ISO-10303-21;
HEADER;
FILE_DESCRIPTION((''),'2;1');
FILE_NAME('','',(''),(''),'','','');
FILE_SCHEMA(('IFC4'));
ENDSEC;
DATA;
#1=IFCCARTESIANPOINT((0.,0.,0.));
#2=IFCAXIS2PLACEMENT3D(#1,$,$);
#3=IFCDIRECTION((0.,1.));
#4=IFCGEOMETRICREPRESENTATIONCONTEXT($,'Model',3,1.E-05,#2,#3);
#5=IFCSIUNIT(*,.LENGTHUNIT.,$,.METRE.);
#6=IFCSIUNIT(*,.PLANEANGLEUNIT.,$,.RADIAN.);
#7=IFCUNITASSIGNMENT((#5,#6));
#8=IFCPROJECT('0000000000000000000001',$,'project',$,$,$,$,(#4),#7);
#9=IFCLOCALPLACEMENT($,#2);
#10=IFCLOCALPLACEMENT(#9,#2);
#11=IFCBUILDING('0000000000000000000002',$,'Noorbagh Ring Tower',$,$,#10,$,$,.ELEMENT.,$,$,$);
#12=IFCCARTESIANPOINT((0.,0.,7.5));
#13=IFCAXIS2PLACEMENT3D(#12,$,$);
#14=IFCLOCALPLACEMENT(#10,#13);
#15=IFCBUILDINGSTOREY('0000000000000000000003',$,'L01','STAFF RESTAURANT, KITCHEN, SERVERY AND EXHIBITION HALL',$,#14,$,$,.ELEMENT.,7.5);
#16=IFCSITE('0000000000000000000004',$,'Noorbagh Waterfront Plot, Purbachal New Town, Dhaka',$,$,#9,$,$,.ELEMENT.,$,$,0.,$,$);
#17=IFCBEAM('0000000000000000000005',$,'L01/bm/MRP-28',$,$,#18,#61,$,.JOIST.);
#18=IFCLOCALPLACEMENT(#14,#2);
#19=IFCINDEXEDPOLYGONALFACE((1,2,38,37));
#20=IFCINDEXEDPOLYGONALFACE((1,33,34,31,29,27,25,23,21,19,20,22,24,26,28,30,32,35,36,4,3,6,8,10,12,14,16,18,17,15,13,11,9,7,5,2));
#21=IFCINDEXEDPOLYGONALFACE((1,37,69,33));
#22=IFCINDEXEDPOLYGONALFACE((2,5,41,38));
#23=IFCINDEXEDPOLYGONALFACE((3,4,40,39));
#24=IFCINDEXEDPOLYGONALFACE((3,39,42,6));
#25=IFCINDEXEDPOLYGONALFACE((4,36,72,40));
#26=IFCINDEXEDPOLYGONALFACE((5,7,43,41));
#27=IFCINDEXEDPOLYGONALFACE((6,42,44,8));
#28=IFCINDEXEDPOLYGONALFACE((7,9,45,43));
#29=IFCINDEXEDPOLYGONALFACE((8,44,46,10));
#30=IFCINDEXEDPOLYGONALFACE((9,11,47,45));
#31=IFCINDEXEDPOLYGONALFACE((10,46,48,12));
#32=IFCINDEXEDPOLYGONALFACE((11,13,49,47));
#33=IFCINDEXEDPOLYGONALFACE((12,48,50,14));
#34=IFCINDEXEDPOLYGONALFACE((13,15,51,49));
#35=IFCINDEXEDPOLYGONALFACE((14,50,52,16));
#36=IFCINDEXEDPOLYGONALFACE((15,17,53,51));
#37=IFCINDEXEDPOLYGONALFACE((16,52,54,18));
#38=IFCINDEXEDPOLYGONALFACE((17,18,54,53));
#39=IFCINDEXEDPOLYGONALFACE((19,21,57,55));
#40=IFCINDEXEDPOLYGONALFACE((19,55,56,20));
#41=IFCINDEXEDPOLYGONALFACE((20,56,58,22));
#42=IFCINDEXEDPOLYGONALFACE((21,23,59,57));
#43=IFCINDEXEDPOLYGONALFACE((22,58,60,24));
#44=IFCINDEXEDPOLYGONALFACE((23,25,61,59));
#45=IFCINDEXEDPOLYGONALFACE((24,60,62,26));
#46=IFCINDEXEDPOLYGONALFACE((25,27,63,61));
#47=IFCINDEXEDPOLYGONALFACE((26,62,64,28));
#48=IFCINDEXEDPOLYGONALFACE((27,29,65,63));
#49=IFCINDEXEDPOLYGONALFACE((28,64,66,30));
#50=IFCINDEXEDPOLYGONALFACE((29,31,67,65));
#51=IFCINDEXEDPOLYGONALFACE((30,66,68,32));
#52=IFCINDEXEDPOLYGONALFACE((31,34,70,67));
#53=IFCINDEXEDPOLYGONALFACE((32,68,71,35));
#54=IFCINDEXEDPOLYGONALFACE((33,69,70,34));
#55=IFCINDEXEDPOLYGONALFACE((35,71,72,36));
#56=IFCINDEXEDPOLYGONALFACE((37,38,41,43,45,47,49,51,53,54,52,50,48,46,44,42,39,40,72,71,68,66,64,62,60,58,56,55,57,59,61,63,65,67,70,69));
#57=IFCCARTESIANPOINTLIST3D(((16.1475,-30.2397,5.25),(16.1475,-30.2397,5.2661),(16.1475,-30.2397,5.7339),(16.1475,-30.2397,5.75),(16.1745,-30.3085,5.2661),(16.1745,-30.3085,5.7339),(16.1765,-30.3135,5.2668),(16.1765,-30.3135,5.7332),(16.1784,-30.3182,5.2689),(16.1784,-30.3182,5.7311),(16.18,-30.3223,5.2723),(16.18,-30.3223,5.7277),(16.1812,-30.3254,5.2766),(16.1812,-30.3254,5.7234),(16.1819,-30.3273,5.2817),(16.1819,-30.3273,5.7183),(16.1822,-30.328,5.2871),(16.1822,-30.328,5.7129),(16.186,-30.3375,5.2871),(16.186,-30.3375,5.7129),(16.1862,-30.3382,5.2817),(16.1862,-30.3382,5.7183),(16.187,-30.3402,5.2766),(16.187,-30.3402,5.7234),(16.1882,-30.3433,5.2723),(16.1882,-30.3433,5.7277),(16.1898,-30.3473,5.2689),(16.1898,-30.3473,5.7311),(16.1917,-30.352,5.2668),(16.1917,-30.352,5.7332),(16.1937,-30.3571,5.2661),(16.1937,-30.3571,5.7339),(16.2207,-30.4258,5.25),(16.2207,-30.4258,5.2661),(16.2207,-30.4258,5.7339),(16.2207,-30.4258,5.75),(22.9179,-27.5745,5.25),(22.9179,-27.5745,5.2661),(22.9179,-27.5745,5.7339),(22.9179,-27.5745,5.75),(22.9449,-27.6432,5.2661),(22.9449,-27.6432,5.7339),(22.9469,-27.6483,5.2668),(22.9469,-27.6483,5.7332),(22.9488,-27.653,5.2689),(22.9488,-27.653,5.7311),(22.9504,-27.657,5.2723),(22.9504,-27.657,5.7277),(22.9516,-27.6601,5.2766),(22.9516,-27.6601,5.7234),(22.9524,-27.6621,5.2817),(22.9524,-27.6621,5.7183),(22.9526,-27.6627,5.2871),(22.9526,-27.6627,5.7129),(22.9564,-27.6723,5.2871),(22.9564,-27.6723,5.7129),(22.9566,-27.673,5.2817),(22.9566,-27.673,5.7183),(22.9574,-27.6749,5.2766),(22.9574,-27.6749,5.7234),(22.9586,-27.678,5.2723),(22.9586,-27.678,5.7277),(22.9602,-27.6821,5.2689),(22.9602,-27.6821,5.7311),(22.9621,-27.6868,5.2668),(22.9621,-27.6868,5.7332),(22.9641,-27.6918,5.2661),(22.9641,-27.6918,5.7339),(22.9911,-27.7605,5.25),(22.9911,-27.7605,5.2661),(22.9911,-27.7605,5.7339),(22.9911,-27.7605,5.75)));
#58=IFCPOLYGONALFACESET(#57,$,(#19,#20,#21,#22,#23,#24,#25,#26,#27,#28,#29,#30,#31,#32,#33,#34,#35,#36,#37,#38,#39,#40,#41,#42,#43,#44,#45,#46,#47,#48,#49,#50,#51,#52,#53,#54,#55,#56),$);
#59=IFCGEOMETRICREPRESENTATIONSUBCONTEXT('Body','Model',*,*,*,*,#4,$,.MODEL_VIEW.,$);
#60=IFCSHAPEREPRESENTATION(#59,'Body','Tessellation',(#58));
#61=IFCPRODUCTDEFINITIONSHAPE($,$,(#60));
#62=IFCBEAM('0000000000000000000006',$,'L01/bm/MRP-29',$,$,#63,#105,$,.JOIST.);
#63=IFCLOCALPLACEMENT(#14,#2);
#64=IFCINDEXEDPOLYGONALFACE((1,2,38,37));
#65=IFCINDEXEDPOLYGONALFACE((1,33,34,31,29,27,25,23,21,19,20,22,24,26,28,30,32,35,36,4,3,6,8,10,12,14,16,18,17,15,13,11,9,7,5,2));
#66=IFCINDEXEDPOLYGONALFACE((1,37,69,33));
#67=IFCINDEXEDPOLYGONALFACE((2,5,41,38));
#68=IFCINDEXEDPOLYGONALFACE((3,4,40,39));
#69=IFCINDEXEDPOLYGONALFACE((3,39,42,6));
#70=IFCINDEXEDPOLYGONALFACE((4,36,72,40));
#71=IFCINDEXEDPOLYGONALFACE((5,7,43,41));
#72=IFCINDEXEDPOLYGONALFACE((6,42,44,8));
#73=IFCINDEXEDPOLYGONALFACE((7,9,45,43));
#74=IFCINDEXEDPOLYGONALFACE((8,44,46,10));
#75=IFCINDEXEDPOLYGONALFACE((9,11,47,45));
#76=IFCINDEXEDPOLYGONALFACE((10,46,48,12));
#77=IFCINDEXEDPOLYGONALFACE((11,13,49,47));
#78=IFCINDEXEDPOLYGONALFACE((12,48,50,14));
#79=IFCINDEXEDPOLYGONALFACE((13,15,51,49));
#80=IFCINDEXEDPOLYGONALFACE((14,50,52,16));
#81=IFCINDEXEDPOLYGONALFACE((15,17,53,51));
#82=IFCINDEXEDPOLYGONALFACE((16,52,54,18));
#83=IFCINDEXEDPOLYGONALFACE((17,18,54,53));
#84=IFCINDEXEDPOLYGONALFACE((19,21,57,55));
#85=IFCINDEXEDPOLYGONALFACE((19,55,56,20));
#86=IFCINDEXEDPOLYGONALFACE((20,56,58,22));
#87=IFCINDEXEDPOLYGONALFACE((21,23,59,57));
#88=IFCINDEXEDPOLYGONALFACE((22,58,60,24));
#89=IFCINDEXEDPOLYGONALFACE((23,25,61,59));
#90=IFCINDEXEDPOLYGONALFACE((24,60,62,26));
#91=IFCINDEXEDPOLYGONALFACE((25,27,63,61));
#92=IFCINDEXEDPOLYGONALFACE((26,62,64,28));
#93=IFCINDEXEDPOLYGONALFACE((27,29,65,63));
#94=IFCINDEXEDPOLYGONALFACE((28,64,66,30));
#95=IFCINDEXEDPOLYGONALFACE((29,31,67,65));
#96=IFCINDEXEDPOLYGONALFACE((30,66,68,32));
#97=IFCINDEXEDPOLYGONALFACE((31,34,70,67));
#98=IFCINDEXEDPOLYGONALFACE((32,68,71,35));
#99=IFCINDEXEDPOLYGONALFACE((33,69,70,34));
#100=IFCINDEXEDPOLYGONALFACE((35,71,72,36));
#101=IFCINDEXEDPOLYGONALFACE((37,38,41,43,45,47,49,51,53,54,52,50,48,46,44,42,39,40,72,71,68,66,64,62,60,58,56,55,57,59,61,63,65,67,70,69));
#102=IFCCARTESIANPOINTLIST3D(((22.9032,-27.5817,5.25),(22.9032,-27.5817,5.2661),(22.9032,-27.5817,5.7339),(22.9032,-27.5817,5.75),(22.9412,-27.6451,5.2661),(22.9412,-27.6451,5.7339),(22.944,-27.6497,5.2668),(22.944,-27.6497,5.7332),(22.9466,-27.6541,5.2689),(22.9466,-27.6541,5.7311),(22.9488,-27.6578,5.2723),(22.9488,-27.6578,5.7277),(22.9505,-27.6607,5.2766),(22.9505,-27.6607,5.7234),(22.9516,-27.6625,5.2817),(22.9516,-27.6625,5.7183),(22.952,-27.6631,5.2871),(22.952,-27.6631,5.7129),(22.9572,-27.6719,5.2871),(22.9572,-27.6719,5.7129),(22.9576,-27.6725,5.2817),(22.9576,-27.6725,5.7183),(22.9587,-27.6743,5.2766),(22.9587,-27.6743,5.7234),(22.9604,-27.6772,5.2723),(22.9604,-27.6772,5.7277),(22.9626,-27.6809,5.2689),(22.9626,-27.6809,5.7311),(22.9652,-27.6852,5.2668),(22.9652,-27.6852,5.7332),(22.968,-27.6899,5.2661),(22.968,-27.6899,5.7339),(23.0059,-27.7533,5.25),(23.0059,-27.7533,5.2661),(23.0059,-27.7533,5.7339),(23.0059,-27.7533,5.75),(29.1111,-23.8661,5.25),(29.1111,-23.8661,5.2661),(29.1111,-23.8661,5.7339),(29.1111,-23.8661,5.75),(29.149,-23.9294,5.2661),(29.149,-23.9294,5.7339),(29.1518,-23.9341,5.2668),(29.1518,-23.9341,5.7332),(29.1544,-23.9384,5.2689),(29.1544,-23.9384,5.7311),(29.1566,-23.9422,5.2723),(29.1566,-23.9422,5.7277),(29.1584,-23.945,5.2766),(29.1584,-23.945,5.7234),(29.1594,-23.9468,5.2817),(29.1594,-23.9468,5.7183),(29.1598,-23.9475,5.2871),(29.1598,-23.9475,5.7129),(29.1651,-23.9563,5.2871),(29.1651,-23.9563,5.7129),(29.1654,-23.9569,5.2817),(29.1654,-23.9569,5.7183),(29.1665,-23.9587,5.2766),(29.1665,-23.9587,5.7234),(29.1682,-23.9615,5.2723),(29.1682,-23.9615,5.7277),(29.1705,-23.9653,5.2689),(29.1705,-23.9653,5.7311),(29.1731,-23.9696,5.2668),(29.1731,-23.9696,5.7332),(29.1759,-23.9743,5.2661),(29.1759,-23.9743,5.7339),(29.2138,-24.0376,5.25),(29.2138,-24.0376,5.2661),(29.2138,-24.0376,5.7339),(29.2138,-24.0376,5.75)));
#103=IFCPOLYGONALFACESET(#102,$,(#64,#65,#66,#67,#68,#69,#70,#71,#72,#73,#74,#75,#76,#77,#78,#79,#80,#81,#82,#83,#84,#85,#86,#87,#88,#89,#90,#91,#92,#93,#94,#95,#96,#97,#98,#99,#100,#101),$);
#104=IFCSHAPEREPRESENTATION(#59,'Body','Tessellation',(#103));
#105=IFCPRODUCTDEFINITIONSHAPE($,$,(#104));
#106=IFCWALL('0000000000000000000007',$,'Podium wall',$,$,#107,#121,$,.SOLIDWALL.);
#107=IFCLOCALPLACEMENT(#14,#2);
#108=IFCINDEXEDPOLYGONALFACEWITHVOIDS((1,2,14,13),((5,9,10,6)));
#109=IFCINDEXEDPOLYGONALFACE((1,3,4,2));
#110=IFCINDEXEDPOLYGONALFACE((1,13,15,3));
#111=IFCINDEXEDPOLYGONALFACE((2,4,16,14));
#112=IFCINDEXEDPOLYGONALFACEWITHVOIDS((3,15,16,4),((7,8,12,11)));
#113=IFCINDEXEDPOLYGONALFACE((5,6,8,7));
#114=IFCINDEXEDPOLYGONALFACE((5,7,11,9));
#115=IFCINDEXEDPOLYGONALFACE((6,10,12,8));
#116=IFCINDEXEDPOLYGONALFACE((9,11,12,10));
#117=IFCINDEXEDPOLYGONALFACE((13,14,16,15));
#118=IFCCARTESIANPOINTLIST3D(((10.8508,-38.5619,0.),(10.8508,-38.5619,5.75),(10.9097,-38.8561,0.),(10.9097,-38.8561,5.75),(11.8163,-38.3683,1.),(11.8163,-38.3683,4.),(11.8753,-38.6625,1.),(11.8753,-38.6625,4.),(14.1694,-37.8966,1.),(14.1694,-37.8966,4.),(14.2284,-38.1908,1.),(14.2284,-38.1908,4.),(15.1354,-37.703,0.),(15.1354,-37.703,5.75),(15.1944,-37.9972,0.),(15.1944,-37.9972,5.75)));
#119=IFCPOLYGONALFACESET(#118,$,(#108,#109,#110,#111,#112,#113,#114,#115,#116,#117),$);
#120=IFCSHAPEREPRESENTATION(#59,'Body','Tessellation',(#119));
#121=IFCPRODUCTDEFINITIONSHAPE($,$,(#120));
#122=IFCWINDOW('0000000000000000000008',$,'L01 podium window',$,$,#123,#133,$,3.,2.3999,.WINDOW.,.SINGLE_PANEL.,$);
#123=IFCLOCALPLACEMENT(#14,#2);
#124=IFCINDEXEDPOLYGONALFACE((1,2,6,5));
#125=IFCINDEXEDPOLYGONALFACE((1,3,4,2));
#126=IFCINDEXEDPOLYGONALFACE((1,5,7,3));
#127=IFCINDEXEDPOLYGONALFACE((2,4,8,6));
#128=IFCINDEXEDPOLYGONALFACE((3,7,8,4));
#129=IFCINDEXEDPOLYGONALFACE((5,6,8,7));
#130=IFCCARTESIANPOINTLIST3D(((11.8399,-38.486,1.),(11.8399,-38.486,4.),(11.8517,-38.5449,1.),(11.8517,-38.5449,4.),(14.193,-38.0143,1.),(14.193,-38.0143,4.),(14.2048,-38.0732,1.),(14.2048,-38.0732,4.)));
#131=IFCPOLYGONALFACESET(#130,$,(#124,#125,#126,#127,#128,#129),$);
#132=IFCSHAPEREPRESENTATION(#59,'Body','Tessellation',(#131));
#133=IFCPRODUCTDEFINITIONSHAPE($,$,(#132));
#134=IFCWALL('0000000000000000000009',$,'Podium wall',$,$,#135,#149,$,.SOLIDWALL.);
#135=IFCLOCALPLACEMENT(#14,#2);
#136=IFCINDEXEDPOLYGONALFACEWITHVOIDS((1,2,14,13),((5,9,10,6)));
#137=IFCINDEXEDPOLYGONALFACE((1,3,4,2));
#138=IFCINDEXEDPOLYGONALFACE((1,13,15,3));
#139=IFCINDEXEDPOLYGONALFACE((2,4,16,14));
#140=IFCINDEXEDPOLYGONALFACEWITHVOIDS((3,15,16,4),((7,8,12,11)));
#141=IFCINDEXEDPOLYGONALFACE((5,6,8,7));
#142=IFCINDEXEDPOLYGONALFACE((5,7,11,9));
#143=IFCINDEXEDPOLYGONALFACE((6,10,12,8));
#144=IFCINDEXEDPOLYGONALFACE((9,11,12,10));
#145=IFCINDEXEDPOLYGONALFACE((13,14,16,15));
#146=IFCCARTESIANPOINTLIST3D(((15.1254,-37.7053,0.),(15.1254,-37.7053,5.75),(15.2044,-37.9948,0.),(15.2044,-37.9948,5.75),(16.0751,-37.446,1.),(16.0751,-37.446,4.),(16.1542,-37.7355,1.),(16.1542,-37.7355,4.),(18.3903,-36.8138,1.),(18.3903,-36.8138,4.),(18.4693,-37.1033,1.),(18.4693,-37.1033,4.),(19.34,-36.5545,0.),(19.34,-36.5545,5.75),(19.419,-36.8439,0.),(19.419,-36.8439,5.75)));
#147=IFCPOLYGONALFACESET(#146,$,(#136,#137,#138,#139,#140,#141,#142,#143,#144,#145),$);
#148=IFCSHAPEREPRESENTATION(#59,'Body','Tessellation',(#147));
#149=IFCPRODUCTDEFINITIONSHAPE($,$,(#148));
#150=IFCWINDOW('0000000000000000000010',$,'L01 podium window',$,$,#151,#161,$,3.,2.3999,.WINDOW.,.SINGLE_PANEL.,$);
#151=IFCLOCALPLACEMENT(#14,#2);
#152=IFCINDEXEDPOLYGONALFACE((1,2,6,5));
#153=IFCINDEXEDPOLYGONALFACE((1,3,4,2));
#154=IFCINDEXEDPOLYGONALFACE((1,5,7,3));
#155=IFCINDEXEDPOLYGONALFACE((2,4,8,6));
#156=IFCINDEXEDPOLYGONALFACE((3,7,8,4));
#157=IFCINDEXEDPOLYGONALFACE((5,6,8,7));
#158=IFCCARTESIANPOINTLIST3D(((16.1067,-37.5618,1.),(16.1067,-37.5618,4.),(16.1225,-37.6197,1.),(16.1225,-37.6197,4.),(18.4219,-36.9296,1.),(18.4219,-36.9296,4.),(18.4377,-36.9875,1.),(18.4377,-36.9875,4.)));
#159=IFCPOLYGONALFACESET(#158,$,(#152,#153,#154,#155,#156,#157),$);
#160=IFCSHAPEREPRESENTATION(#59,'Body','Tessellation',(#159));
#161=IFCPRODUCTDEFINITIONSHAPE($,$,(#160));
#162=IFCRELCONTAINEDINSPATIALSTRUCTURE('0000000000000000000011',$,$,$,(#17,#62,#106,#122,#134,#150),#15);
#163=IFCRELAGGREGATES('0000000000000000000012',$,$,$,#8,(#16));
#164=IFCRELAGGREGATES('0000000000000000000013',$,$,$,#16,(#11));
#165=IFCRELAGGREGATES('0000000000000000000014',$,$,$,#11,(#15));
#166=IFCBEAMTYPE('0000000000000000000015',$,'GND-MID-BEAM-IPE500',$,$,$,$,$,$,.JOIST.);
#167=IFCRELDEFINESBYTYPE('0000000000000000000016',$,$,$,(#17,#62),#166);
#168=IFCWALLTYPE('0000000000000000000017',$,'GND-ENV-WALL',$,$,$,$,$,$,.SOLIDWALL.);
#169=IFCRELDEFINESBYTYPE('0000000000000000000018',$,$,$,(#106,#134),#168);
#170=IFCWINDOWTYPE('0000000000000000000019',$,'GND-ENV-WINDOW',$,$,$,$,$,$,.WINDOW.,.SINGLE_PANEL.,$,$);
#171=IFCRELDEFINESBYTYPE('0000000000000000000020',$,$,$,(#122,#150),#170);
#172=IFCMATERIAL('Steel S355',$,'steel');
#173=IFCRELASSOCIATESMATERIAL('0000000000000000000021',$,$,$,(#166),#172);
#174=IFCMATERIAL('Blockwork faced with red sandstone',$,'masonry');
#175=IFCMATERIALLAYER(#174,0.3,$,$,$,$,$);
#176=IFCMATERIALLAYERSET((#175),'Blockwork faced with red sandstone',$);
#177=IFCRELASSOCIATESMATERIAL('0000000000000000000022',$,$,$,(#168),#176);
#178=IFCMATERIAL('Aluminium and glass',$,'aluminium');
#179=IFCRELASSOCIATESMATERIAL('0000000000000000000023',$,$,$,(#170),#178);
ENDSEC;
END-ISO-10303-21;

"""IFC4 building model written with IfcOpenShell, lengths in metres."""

from ifc_helpers import new_model, si_unit, direction, frame, frame_2d, origin, origin_2d, place, context, subcontext, project, spatial, rectangle, i_section, extrude, material, layer, layer_set, material_profile, profile_set, type_object, element, fill, save


model = new_model("IFC4")

# Units and contexts
model_context = context("Model", 3, precision=1e-05, world=origin(), true_north=direction((0.0, 1.0)))
body_context = subcontext(model_context, "Body", "Model", "MODEL_VIEW")
ifc_project = project(units=[si_unit("LENGTHUNIT", "METRE"), si_unit("PLANEANGLEUNIT", "RADIAN")], contexts=[model_context])

# Site, building, storey
site_placement = place(None, origin())
site = spatial("IfcSite", under=ifc_project, at=site_placement, Name="Noorbagh Waterfront Plot, Purbachal New Town, Dhaka", CompositionType="ELEMENT", RefElevation=0.0)
building_placement = place(site_placement, origin())
building = spatial("IfcBuilding", under=site, at=building_placement, Name="Noorbagh Ring Tower", CompositionType="ELEMENT")
storey_placement = place(building_placement, frame((0.0, 0.0, 7.5)))
storey = spatial("IfcBuildingStorey", under=building, at=storey_placement, Name="L01", Description="STAFF RESTAURANT, KITCHEN, SERVERY AND EXHIBITION HALL", CompositionType="ELEMENT", Elevation=7.5)

# Beams
ifc_material_1 = material(Name="Steel S355", Category="steel")
ifc_material_profile_1 = material_profile(ifc_material_1, i_section(OverallWidth=0.2, OverallDepth=0.5, WebThickness=0.0103, FlangeThickness=0.0161, FilletRadius=0.021, at=origin_2d()), Name="IPE500")
ifc_profile_set_1 = profile_set([ifc_material_profile_1], Name="Steel S355")
beam_type_1 = type_object("IfcBeamType", Name="GND-MID-BEAM-IPE500", PredefinedType="JOIST", material=ifc_profile_set_1)
beam_1_placement = place(storey_placement, frame((16.1841, -30.3328, 5.5), z_axis=(0.930497, 0.3663, 0.0), x_axis=(-0.3663, 0.930497, 0.0)))
element("IfcBeam", 1, at=beam_1_placement, inside=storey, type_object=beam_type_1, Name="L01/bm/MRP-28", PredefinedType="JOIST", context=body_context, shape_type="SweptSolid", body=[
    extrude(i_section(OverallWidth=0.2, OverallDepth=0.5, WebThickness=0.0103, FlangeThickness=0.0161, FilletRadius=0.021, at=origin_2d()), origin(), (0.0, 0.0, 1.0), 7.2761),
])
beam_2_placement = place(storey_placement, frame((22.9546, -27.6675, 5.5), z_axis=(0.858046, 0.513572, 0.0), x_axis=(-0.513572, 0.858046, 0.0)))
element("IfcBeam", 2, at=beam_2_placement, inside=storey, type_object=beam_type_1, Name="L01/bm/MRP-29", PredefinedType="JOIST", context=body_context, shape_type="SweptSolid", body=[
    extrude(i_section(OverallWidth=0.2, OverallDepth=0.5, WebThickness=0.0103, FlangeThickness=0.0161, FilletRadius=0.021, at=origin_2d()), origin(), (0.0, 0.0, 1.0), 7.2349),
])

# Walls, openings, windows
ifc_material_2 = material(Name="Blockwork faced with red sandstone", Category="masonry")
ifc_layer_1 = layer(ifc_material_2, 0.3)
ifc_layer_set_1 = layer_set([ifc_layer_1], Name="Blockwork faced with red sandstone")
wall_type = type_object("IfcWallType", Name="GND-ENV-WALL", PredefinedType="SOLIDWALL", material=ifc_layer_set_1)
wall_1_placement = place(storey_placement, frame((10.8801, -38.709, 0.0), z_axis=(0.0, 0.0, 1.0), x_axis=(0.980495, 0.196546, 0.0)))
wall_1 = element("IfcWall", 3, at=wall_1_placement, inside=storey, type_object=wall_type, Name="Podium wall", PredefinedType="SOLIDWALL", context=body_context, shape_type="SweptSolid", body=[
    extrude(rectangle(XDim=4.3699, YDim=0.3, at=frame_2d((2.1851, 0.0))), origin(), (0.0, 0.0, 1.0), 5.75),
])
opening_1_placement = place(wall_1_placement, frame((0.9849, 0.0, 1.0)))
opening_1 = element("IfcOpeningElement", 4, at=opening_1_placement, cuts=wall_1, PredefinedType="OPENING", context=body_context, shape_type="SweptSolid", body=[
    extrude(rectangle(XDim=2.3999, YDim=3.0, at=frame_2d((1.2, 1.5))), frame((0.0, 0.1602, 0.0), z_axis=(0.0, -1.0, 0.0), x_axis=(1.0, 0.0, 0.0)), (0.0, 0.0, 1.0), 0.3201),
])
ifc_material_3 = material(Name="Aluminium and glass", Category="aluminium")
window_type = type_object("IfcWindowType", Name="GND-ENV-WINDOW", PartitioningType="SINGLE_PANEL", PredefinedType="WINDOW", material=ifc_material_3)
window_1_placement = place(opening_1_placement, origin())
window_1 = element("IfcWindow", 5, at=window_1_placement, inside=storey, type_object=window_type, Name="L01 podium window", OverallHeight=3.0, OverallWidth=2.3999, PartitioningType="SINGLE_PANEL", PredefinedType="WINDOW", context=body_context, shape_type="SweptSolid", body=[
    extrude(rectangle(XDim=2.3999, YDim=3.0, at=frame_2d((1.2, 1.5))), frame((0.0, 0.03, 0.0), z_axis=(0.0, -1.0, 0.0), x_axis=(1.0, 0.0, 0.0)), (0.0, 0.0, 1.0), 0.0601),
])
fill(opening_1, window_1)
wall_2_placement = place(storey_placement, frame((15.1648, -37.8501, 0.0), z_axis=(0.0, 0.0, 1.0), x_axis=(0.96468, 0.263425, 0.0)))
wall_2 = element("IfcWall", 6, at=wall_2_placement, inside=storey, type_object=wall_type, Name="Podium wall", PredefinedType="SOLIDWALL", context=body_context, shape_type="SweptSolid", body=[
    extrude(rectangle(XDim=4.3689, YDim=0.3, at=frame_2d((2.1846, 0.0))), origin(), (0.0, 0.0, 1.0), 5.75),
])
opening_2_placement = place(wall_2_placement, frame((0.9846, 0.0, 1.0)))
opening_2 = element("IfcOpeningElement", 7, at=opening_2_placement, cuts=wall_2, PredefinedType="OPENING", context=body_context, shape_type="SweptSolid", body=[
    extrude(rectangle(XDim=2.3999, YDim=3.0, at=frame_2d((1.2, 1.5))), frame((0.0, 0.1602, 0.0), z_axis=(0.0, -1.0, 0.0), x_axis=(1.0, 0.0, 0.0)), (0.0, 0.0, 1.0), 0.3201),
])
window_2_placement = place(opening_2_placement, origin())
window_2 = element("IfcWindow", 8, at=window_2_placement, inside=storey, type_object=window_type, Name="L01 podium window", OverallHeight=3.0, OverallWidth=2.3999, PartitioningType="SINGLE_PANEL", PredefinedType="WINDOW", context=body_context, shape_type="SweptSolid", body=[
    extrude(rectangle(XDim=2.3999, YDim=3.0, at=frame_2d((1.2, 1.5))), frame((0.0, 0.03, 0.0), z_axis=(0.0, -1.0, 0.0), x_axis=(1.0, 0.0, 0.0)), (0.0, 0.0, 1.0), 0.0601),
])
fill(opening_2, window_2)

save(model, "model.ifc")
